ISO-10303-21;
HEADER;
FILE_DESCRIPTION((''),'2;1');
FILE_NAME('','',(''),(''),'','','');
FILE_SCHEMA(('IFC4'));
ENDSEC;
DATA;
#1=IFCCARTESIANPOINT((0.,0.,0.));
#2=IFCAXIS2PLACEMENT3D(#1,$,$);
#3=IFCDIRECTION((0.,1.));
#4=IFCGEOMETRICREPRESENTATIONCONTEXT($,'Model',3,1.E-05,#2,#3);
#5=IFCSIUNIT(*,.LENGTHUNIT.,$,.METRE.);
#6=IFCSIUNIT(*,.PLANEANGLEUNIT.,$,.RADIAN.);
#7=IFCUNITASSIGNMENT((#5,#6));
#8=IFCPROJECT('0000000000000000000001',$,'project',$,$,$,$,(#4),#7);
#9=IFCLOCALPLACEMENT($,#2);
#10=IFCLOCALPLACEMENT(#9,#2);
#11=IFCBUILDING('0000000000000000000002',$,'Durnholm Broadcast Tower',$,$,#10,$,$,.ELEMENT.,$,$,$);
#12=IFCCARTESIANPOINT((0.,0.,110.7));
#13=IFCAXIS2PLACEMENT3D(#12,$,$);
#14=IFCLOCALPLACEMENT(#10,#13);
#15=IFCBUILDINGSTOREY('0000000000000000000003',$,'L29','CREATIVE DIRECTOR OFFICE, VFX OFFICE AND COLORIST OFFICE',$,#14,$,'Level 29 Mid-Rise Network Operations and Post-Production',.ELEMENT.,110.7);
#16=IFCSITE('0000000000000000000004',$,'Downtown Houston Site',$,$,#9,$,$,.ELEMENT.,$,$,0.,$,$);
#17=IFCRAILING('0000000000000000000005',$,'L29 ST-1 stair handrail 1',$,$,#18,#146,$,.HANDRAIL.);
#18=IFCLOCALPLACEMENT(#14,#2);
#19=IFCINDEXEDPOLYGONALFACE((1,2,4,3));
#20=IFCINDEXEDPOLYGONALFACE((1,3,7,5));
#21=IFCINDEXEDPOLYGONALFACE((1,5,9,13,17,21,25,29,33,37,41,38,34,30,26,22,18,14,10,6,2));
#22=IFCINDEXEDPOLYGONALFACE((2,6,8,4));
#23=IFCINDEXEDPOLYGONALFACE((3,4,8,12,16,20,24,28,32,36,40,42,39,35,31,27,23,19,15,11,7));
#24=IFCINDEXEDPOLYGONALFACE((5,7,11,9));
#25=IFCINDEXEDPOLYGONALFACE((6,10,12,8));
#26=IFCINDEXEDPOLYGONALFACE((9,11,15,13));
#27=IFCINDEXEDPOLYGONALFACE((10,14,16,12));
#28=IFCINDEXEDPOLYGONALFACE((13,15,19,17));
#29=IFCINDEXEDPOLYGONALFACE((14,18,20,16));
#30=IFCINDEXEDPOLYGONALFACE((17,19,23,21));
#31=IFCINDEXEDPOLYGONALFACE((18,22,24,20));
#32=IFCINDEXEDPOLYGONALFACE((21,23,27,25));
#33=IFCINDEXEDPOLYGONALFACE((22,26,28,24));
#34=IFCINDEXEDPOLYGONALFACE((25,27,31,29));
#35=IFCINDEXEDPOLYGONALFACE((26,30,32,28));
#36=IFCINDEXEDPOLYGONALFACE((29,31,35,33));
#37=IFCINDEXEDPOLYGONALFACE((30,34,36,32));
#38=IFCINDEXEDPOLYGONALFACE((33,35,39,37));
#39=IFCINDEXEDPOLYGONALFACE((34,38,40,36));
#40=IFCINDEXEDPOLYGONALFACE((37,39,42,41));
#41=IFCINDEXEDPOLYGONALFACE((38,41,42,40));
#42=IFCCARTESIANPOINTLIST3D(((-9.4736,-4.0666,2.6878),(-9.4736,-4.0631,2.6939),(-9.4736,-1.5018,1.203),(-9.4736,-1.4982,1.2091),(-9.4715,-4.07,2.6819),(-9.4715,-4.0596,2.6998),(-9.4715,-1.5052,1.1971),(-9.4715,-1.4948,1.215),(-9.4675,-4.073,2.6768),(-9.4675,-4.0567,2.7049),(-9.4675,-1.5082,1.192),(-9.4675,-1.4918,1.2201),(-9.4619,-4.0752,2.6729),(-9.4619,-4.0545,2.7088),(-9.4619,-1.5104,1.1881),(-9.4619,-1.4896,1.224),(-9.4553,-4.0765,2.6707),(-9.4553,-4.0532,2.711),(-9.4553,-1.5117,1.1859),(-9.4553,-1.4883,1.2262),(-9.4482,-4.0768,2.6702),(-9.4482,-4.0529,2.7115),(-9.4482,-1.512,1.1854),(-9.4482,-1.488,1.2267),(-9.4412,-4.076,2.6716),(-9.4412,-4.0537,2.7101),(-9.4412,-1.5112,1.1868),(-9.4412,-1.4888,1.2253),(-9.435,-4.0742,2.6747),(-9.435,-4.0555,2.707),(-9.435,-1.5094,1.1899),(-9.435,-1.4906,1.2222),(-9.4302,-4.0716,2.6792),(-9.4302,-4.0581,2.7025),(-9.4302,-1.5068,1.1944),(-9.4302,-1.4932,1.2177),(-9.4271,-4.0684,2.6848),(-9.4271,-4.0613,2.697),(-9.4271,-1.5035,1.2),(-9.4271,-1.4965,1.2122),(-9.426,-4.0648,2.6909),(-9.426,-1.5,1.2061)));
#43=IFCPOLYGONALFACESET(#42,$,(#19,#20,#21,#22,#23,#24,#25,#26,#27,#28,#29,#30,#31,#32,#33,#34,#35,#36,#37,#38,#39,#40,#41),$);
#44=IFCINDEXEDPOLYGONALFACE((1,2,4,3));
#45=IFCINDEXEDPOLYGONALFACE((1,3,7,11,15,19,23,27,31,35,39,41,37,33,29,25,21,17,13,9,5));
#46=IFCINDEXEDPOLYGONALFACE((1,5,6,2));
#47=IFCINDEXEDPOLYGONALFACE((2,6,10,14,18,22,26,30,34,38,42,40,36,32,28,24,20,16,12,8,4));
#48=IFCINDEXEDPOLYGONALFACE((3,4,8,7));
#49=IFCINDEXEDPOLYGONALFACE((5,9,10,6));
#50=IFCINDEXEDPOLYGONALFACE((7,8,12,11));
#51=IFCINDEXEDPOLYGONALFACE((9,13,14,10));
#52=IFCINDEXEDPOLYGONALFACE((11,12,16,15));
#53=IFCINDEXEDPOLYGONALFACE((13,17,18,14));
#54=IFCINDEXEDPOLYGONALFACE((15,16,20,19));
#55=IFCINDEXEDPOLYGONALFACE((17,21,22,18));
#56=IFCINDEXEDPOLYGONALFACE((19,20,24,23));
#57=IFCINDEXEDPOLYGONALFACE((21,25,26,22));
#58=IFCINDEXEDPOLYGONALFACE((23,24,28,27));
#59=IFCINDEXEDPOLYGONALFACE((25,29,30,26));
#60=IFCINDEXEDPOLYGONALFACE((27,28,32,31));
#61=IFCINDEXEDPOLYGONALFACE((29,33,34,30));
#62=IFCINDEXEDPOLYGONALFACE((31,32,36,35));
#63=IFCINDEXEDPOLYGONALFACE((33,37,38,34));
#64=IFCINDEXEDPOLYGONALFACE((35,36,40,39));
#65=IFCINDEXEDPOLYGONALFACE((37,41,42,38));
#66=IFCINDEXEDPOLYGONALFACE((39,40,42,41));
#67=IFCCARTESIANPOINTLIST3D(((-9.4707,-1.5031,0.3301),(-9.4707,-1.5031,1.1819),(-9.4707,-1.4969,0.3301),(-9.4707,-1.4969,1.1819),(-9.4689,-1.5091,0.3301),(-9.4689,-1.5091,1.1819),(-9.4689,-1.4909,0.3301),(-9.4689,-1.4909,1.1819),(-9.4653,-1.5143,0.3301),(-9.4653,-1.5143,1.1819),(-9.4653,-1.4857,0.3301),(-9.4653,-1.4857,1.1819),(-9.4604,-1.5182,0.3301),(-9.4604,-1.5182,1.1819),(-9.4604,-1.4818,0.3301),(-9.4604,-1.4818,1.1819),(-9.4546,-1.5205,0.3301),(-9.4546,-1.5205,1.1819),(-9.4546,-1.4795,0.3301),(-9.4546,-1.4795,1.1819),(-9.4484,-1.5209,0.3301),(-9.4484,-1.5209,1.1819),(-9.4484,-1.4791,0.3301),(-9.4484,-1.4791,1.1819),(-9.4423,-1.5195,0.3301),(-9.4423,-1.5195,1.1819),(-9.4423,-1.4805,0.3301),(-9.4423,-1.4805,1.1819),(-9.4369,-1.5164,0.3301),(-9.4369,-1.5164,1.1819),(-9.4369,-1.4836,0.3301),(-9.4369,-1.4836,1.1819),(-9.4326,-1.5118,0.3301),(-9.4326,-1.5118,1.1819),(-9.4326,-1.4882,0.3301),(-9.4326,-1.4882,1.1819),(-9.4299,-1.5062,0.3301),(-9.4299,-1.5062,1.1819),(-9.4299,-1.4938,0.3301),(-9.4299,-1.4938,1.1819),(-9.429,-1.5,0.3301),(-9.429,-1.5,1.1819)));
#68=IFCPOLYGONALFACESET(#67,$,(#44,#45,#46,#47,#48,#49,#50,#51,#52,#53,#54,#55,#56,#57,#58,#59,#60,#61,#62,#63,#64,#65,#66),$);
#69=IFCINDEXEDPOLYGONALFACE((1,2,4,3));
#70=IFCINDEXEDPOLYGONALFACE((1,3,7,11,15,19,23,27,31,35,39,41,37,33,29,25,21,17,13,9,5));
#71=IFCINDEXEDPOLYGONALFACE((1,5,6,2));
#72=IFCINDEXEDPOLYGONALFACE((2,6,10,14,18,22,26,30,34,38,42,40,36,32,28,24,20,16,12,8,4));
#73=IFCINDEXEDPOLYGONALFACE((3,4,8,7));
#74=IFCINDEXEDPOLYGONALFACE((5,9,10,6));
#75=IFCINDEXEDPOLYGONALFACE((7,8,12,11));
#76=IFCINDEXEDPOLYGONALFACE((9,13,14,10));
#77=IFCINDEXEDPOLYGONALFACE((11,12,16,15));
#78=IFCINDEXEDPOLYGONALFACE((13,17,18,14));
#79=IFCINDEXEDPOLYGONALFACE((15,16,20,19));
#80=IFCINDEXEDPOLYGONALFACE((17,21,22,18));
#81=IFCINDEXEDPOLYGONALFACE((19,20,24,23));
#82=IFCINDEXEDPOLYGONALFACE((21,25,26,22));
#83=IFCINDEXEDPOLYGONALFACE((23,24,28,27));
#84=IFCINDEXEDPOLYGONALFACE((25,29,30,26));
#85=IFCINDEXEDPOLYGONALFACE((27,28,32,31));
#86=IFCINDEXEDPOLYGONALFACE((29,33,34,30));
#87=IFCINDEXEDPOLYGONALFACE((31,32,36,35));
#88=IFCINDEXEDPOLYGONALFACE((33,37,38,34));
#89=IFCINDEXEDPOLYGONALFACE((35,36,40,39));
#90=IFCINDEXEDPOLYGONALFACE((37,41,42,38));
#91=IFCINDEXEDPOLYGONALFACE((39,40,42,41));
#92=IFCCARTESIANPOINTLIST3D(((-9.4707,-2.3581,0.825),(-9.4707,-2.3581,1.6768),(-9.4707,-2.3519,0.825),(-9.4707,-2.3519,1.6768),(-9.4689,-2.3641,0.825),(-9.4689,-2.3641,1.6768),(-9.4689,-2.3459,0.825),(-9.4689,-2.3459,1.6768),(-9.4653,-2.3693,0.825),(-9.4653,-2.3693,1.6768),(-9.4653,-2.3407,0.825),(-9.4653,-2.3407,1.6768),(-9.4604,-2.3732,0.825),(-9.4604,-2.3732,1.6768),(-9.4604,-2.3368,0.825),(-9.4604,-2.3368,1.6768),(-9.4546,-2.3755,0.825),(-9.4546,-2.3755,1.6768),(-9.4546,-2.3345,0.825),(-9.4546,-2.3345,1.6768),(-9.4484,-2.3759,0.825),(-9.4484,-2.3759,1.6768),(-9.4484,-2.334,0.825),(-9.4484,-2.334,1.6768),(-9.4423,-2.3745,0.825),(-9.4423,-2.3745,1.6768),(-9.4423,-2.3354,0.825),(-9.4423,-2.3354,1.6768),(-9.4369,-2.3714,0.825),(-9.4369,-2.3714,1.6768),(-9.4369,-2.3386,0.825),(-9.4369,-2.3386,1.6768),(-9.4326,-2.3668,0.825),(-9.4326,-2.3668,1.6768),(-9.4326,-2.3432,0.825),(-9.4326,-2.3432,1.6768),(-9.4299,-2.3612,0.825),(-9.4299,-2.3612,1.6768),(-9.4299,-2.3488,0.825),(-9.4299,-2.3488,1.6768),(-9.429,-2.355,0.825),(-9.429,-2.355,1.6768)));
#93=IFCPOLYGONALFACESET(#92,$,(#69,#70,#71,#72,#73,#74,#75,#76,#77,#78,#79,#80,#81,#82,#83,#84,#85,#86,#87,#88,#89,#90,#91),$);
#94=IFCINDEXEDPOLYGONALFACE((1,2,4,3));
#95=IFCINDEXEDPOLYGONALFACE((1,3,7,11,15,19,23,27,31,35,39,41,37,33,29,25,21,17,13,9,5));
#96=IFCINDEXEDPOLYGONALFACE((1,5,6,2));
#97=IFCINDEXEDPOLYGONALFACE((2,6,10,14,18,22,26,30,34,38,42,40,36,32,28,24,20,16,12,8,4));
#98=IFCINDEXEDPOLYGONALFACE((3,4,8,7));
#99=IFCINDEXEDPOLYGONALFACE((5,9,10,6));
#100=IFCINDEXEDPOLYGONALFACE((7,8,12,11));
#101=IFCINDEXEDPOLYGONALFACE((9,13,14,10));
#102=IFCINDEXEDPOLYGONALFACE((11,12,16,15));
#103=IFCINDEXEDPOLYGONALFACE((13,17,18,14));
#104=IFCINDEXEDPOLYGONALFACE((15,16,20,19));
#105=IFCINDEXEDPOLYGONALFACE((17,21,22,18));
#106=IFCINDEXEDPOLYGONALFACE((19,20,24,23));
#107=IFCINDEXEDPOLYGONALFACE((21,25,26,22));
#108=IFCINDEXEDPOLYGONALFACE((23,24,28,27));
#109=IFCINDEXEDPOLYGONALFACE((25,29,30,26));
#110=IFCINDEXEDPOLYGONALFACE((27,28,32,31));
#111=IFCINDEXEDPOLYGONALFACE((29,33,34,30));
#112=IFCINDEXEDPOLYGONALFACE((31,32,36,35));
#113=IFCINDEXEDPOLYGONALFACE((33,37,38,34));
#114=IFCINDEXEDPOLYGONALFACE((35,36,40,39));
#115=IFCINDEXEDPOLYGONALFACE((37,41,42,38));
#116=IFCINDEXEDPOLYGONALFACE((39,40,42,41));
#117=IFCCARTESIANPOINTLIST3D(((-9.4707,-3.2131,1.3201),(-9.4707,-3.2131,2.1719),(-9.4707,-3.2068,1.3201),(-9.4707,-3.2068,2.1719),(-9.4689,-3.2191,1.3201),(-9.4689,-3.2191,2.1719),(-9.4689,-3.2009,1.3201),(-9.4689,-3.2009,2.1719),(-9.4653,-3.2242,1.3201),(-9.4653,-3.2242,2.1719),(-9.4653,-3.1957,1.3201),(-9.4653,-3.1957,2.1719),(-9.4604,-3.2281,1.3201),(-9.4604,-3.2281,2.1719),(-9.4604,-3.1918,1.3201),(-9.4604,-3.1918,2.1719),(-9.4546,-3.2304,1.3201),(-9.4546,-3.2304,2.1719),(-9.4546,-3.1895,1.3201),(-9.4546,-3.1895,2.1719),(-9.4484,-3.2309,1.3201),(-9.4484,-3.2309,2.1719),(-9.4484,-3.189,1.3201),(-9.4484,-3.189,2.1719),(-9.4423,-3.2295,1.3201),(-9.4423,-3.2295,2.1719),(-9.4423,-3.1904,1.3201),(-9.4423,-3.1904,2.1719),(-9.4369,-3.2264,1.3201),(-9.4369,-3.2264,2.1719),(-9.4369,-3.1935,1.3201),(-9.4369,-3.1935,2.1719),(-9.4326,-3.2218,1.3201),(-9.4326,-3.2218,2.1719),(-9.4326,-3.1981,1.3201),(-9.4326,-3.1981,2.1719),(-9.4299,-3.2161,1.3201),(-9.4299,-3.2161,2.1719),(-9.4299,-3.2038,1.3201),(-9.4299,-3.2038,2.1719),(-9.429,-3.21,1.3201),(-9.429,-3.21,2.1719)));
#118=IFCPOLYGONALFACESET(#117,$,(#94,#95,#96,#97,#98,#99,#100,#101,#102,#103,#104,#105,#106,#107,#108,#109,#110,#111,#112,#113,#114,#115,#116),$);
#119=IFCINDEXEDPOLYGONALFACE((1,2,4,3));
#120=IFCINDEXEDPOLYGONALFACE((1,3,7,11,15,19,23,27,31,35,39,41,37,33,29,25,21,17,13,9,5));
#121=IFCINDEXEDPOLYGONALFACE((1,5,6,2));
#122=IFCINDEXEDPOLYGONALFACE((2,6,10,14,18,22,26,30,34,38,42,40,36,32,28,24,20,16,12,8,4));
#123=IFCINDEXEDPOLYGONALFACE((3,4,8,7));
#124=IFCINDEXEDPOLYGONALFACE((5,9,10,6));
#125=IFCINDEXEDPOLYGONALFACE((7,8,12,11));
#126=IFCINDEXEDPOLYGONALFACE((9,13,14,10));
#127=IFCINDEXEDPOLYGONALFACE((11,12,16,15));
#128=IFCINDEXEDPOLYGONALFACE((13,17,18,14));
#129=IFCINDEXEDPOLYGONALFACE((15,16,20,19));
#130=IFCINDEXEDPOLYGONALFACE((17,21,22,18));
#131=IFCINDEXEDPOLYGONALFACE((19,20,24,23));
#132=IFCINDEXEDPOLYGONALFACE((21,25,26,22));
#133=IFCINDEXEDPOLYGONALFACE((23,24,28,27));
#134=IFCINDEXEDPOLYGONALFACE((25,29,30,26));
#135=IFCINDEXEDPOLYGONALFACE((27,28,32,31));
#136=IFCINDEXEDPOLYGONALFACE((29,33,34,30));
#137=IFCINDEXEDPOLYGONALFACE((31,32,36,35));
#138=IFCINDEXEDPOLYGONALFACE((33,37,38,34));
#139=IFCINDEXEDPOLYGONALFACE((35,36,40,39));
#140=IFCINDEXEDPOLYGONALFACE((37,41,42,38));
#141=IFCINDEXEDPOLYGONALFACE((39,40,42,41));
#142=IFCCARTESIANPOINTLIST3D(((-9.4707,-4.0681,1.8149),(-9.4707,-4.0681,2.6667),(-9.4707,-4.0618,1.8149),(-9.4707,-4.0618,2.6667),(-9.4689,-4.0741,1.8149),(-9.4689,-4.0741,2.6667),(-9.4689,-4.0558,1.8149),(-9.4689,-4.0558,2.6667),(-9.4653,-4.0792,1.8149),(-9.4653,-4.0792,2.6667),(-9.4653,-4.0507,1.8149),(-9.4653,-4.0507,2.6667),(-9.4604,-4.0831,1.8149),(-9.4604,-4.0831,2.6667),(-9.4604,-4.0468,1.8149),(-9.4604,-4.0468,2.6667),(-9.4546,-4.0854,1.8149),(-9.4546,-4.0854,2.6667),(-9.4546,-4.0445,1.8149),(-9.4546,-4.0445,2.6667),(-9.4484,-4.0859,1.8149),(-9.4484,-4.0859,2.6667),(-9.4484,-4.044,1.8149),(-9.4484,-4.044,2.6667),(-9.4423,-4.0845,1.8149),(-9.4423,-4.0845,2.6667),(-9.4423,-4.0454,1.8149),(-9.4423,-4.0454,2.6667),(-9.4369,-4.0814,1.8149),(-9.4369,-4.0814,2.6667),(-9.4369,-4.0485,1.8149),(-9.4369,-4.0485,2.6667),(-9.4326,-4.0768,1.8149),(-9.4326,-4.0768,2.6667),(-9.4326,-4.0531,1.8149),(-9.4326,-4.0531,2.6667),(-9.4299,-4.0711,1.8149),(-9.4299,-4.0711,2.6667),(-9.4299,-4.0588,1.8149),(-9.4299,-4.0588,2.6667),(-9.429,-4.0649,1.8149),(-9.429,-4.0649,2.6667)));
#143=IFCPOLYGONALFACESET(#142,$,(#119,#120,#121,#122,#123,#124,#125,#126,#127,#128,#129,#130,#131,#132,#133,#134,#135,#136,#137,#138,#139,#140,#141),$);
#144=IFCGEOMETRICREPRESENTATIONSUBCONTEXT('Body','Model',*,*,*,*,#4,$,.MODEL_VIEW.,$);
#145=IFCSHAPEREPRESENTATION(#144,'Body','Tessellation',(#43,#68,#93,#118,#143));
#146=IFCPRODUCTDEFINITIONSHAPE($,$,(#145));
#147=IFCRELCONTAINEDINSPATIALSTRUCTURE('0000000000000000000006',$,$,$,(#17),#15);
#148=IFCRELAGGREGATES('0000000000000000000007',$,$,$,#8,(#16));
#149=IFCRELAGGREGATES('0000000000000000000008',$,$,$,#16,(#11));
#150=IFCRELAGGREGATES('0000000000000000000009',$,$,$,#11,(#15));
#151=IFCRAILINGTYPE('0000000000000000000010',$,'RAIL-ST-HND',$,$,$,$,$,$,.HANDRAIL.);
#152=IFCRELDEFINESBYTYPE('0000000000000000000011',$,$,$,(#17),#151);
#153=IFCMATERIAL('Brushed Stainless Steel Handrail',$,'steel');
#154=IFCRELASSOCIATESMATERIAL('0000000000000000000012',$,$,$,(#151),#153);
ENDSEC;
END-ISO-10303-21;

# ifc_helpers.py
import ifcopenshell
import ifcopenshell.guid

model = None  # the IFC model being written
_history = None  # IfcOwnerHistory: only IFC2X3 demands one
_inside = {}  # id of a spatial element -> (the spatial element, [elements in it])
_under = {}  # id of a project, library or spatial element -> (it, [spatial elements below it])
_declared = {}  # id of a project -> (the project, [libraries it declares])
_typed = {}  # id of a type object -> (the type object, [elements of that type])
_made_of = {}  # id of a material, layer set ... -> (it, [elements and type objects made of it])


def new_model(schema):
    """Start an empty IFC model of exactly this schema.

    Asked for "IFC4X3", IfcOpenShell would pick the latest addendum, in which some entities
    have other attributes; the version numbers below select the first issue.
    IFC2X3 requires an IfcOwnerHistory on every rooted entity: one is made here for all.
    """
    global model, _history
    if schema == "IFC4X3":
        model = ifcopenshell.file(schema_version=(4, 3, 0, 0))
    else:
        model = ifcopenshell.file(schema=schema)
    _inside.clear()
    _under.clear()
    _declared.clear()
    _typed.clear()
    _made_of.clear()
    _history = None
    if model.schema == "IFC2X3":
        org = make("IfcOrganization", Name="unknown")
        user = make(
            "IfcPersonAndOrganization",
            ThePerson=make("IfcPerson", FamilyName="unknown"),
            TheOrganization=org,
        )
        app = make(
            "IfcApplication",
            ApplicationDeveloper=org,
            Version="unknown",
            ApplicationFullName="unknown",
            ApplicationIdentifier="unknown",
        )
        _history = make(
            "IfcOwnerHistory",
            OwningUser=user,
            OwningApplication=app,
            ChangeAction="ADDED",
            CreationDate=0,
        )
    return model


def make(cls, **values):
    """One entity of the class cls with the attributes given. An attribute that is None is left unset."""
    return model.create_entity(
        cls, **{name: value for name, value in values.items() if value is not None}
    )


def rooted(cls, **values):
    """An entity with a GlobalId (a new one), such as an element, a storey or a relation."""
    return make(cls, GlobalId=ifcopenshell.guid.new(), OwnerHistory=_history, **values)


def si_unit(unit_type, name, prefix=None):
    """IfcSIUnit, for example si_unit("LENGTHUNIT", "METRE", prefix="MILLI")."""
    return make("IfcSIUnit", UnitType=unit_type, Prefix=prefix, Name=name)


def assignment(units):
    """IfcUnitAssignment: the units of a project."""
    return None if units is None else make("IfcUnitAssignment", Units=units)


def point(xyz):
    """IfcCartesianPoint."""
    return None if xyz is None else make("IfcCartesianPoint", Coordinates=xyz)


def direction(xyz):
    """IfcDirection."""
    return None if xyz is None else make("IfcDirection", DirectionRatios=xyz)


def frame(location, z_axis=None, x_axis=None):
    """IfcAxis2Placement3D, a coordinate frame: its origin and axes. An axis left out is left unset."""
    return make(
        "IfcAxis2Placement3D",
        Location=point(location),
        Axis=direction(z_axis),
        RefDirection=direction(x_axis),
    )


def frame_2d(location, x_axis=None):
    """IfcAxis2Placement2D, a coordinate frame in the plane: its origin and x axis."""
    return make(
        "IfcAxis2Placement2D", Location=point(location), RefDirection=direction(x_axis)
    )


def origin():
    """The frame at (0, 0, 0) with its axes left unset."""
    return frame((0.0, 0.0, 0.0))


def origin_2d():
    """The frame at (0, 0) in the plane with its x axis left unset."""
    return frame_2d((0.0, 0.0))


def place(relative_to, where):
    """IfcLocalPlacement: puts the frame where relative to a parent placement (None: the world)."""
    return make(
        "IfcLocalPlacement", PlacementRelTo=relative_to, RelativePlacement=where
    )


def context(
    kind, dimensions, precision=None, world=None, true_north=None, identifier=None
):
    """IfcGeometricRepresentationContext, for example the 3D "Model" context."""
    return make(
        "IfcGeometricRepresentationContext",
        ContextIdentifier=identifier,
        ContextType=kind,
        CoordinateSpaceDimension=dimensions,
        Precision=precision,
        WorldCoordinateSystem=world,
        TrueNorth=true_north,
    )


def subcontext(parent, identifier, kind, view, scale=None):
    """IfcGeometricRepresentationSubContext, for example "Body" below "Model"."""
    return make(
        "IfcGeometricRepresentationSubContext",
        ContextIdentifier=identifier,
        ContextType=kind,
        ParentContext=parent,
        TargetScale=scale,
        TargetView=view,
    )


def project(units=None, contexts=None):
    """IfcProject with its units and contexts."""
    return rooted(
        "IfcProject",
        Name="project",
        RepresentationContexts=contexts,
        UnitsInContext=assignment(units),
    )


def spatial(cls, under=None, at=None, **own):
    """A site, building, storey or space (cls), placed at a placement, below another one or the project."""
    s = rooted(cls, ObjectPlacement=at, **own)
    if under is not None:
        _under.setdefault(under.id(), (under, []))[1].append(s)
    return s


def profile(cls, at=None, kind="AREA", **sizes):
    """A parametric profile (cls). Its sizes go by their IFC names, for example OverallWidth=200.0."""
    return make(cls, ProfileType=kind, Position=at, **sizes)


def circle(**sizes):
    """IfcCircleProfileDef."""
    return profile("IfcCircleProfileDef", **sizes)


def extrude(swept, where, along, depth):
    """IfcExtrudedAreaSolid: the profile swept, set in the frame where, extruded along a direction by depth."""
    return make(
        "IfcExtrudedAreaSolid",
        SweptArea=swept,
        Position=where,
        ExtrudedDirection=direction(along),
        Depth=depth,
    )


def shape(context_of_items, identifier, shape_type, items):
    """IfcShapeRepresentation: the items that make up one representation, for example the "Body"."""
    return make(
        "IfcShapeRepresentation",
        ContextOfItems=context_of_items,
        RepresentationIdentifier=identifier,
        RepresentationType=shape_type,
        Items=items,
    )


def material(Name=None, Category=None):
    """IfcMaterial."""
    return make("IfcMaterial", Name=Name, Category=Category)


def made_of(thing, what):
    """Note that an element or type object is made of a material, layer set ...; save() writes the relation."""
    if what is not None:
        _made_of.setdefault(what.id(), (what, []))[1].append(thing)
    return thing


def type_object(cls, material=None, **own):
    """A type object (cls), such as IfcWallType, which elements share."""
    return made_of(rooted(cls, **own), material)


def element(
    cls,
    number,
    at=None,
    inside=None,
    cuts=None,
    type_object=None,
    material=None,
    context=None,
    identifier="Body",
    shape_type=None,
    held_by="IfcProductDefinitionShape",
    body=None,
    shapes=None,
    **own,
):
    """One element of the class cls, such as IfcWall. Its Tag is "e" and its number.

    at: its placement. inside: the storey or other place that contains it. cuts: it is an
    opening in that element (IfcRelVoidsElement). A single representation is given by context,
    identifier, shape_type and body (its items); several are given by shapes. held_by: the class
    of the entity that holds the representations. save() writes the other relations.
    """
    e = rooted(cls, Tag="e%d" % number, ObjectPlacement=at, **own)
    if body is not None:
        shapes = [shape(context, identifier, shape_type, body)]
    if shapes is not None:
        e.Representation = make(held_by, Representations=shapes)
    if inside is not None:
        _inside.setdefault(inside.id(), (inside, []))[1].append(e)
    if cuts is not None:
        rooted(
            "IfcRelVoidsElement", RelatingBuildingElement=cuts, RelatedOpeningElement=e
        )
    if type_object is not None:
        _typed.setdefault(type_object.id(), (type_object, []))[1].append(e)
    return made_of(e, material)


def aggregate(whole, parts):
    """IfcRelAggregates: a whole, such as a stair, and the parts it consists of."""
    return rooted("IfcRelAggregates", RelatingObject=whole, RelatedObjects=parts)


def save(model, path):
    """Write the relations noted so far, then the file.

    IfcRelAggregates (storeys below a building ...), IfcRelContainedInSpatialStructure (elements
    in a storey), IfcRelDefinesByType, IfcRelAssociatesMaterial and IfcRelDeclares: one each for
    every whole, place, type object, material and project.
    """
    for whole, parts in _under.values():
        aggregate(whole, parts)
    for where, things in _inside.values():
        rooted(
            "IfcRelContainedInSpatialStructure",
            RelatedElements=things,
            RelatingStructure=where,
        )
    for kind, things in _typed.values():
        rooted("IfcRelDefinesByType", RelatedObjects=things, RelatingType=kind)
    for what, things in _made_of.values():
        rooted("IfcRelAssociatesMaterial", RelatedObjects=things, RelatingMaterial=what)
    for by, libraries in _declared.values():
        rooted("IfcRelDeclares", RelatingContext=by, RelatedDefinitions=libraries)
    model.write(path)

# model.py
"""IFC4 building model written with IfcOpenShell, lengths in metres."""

from ifc_helpers import new_model, si_unit, direction, frame, origin, origin_2d, place, context, subcontext, project, spatial, circle, extrude, material, type_object, element, save


model = new_model("IFC4")

# Units and contexts
model_context = context("Model", 3, precision=1e-05, world=origin(), true_north=direction((0.0, 1.0)))
body_context = subcontext(model_context, "Body", "Model", "MODEL_VIEW")
ifc_project = project(units=[si_unit("LENGTHUNIT", "METRE"), si_unit("PLANEANGLEUNIT", "RADIAN")], contexts=[model_context])

# Site, building, storey
site_placement = place(None, origin())
site = spatial("IfcSite", under=ifc_project, at=site_placement, Name="Downtown Houston Site", CompositionType="ELEMENT", RefElevation=0.0)
building_placement = place(site_placement, origin())
building = spatial("IfcBuilding", under=site, at=building_placement, Name="Durnholm Broadcast Tower", CompositionType="ELEMENT")
storey_placement = place(building_placement, frame((0.0, 0.0, 110.7)))
storey = spatial("IfcBuildingStorey", under=building, at=storey_placement, Name="L29", Description="CREATIVE DIRECTOR OFFICE, VFX OFFICE AND COLORIST OFFICE", LongName="Level 29 Mid-Rise Network Operations and Post-Production", CompositionType="ELEMENT", Elevation=110.7)

# Railing
ifc_material_1 = material(Name="Brushed Stainless Steel Handrail", Category="steel")
railing_type_1 = type_object("IfcRailingType", Name="RAIL-ST-HND", PredefinedType="HANDRAIL", material=ifc_material_1)
railing_1_placement = place(storey_placement, frame((-9.45, -1.5, 0.3301)))
element("IfcRailing", 1, at=railing_1_placement, inside=storey, type_object=railing_type_1, Name="L29 ST-1 stair handrail 1", PredefinedType="HANDRAIL", context=body_context, shape_type="SweptSolid", body=[
    extrude(circle(Radius=0.0239, at=origin_2d()), frame((0.0, 0.0, 0.876), z_axis=(0.0, -0.865441, 0.50101), x_axis=(1.0, 0.0, 0.0)), (0.0, 0.0, 1.0), 2.9636),
    extrude(circle(Radius=0.021, at=origin_2d()), origin(), (0.0, 0.0, 1.0), 0.8518),
    extrude(circle(Radius=0.021, at=origin_2d()), frame((0.0, -0.855, 0.4949)), (0.0, 0.0, 1.0), 0.8518),
    extrude(circle(Radius=0.021, at=origin_2d()), frame((0.0, -1.71, 0.99)), (0.0, 0.0, 1.0), 0.8518),
    extrude(circle(Radius=0.021, at=origin_2d()), frame((0.0, -2.5649, 1.4849)), (0.0, 0.0, 1.0), 0.8518),
])

save(model, "model.ifc")
